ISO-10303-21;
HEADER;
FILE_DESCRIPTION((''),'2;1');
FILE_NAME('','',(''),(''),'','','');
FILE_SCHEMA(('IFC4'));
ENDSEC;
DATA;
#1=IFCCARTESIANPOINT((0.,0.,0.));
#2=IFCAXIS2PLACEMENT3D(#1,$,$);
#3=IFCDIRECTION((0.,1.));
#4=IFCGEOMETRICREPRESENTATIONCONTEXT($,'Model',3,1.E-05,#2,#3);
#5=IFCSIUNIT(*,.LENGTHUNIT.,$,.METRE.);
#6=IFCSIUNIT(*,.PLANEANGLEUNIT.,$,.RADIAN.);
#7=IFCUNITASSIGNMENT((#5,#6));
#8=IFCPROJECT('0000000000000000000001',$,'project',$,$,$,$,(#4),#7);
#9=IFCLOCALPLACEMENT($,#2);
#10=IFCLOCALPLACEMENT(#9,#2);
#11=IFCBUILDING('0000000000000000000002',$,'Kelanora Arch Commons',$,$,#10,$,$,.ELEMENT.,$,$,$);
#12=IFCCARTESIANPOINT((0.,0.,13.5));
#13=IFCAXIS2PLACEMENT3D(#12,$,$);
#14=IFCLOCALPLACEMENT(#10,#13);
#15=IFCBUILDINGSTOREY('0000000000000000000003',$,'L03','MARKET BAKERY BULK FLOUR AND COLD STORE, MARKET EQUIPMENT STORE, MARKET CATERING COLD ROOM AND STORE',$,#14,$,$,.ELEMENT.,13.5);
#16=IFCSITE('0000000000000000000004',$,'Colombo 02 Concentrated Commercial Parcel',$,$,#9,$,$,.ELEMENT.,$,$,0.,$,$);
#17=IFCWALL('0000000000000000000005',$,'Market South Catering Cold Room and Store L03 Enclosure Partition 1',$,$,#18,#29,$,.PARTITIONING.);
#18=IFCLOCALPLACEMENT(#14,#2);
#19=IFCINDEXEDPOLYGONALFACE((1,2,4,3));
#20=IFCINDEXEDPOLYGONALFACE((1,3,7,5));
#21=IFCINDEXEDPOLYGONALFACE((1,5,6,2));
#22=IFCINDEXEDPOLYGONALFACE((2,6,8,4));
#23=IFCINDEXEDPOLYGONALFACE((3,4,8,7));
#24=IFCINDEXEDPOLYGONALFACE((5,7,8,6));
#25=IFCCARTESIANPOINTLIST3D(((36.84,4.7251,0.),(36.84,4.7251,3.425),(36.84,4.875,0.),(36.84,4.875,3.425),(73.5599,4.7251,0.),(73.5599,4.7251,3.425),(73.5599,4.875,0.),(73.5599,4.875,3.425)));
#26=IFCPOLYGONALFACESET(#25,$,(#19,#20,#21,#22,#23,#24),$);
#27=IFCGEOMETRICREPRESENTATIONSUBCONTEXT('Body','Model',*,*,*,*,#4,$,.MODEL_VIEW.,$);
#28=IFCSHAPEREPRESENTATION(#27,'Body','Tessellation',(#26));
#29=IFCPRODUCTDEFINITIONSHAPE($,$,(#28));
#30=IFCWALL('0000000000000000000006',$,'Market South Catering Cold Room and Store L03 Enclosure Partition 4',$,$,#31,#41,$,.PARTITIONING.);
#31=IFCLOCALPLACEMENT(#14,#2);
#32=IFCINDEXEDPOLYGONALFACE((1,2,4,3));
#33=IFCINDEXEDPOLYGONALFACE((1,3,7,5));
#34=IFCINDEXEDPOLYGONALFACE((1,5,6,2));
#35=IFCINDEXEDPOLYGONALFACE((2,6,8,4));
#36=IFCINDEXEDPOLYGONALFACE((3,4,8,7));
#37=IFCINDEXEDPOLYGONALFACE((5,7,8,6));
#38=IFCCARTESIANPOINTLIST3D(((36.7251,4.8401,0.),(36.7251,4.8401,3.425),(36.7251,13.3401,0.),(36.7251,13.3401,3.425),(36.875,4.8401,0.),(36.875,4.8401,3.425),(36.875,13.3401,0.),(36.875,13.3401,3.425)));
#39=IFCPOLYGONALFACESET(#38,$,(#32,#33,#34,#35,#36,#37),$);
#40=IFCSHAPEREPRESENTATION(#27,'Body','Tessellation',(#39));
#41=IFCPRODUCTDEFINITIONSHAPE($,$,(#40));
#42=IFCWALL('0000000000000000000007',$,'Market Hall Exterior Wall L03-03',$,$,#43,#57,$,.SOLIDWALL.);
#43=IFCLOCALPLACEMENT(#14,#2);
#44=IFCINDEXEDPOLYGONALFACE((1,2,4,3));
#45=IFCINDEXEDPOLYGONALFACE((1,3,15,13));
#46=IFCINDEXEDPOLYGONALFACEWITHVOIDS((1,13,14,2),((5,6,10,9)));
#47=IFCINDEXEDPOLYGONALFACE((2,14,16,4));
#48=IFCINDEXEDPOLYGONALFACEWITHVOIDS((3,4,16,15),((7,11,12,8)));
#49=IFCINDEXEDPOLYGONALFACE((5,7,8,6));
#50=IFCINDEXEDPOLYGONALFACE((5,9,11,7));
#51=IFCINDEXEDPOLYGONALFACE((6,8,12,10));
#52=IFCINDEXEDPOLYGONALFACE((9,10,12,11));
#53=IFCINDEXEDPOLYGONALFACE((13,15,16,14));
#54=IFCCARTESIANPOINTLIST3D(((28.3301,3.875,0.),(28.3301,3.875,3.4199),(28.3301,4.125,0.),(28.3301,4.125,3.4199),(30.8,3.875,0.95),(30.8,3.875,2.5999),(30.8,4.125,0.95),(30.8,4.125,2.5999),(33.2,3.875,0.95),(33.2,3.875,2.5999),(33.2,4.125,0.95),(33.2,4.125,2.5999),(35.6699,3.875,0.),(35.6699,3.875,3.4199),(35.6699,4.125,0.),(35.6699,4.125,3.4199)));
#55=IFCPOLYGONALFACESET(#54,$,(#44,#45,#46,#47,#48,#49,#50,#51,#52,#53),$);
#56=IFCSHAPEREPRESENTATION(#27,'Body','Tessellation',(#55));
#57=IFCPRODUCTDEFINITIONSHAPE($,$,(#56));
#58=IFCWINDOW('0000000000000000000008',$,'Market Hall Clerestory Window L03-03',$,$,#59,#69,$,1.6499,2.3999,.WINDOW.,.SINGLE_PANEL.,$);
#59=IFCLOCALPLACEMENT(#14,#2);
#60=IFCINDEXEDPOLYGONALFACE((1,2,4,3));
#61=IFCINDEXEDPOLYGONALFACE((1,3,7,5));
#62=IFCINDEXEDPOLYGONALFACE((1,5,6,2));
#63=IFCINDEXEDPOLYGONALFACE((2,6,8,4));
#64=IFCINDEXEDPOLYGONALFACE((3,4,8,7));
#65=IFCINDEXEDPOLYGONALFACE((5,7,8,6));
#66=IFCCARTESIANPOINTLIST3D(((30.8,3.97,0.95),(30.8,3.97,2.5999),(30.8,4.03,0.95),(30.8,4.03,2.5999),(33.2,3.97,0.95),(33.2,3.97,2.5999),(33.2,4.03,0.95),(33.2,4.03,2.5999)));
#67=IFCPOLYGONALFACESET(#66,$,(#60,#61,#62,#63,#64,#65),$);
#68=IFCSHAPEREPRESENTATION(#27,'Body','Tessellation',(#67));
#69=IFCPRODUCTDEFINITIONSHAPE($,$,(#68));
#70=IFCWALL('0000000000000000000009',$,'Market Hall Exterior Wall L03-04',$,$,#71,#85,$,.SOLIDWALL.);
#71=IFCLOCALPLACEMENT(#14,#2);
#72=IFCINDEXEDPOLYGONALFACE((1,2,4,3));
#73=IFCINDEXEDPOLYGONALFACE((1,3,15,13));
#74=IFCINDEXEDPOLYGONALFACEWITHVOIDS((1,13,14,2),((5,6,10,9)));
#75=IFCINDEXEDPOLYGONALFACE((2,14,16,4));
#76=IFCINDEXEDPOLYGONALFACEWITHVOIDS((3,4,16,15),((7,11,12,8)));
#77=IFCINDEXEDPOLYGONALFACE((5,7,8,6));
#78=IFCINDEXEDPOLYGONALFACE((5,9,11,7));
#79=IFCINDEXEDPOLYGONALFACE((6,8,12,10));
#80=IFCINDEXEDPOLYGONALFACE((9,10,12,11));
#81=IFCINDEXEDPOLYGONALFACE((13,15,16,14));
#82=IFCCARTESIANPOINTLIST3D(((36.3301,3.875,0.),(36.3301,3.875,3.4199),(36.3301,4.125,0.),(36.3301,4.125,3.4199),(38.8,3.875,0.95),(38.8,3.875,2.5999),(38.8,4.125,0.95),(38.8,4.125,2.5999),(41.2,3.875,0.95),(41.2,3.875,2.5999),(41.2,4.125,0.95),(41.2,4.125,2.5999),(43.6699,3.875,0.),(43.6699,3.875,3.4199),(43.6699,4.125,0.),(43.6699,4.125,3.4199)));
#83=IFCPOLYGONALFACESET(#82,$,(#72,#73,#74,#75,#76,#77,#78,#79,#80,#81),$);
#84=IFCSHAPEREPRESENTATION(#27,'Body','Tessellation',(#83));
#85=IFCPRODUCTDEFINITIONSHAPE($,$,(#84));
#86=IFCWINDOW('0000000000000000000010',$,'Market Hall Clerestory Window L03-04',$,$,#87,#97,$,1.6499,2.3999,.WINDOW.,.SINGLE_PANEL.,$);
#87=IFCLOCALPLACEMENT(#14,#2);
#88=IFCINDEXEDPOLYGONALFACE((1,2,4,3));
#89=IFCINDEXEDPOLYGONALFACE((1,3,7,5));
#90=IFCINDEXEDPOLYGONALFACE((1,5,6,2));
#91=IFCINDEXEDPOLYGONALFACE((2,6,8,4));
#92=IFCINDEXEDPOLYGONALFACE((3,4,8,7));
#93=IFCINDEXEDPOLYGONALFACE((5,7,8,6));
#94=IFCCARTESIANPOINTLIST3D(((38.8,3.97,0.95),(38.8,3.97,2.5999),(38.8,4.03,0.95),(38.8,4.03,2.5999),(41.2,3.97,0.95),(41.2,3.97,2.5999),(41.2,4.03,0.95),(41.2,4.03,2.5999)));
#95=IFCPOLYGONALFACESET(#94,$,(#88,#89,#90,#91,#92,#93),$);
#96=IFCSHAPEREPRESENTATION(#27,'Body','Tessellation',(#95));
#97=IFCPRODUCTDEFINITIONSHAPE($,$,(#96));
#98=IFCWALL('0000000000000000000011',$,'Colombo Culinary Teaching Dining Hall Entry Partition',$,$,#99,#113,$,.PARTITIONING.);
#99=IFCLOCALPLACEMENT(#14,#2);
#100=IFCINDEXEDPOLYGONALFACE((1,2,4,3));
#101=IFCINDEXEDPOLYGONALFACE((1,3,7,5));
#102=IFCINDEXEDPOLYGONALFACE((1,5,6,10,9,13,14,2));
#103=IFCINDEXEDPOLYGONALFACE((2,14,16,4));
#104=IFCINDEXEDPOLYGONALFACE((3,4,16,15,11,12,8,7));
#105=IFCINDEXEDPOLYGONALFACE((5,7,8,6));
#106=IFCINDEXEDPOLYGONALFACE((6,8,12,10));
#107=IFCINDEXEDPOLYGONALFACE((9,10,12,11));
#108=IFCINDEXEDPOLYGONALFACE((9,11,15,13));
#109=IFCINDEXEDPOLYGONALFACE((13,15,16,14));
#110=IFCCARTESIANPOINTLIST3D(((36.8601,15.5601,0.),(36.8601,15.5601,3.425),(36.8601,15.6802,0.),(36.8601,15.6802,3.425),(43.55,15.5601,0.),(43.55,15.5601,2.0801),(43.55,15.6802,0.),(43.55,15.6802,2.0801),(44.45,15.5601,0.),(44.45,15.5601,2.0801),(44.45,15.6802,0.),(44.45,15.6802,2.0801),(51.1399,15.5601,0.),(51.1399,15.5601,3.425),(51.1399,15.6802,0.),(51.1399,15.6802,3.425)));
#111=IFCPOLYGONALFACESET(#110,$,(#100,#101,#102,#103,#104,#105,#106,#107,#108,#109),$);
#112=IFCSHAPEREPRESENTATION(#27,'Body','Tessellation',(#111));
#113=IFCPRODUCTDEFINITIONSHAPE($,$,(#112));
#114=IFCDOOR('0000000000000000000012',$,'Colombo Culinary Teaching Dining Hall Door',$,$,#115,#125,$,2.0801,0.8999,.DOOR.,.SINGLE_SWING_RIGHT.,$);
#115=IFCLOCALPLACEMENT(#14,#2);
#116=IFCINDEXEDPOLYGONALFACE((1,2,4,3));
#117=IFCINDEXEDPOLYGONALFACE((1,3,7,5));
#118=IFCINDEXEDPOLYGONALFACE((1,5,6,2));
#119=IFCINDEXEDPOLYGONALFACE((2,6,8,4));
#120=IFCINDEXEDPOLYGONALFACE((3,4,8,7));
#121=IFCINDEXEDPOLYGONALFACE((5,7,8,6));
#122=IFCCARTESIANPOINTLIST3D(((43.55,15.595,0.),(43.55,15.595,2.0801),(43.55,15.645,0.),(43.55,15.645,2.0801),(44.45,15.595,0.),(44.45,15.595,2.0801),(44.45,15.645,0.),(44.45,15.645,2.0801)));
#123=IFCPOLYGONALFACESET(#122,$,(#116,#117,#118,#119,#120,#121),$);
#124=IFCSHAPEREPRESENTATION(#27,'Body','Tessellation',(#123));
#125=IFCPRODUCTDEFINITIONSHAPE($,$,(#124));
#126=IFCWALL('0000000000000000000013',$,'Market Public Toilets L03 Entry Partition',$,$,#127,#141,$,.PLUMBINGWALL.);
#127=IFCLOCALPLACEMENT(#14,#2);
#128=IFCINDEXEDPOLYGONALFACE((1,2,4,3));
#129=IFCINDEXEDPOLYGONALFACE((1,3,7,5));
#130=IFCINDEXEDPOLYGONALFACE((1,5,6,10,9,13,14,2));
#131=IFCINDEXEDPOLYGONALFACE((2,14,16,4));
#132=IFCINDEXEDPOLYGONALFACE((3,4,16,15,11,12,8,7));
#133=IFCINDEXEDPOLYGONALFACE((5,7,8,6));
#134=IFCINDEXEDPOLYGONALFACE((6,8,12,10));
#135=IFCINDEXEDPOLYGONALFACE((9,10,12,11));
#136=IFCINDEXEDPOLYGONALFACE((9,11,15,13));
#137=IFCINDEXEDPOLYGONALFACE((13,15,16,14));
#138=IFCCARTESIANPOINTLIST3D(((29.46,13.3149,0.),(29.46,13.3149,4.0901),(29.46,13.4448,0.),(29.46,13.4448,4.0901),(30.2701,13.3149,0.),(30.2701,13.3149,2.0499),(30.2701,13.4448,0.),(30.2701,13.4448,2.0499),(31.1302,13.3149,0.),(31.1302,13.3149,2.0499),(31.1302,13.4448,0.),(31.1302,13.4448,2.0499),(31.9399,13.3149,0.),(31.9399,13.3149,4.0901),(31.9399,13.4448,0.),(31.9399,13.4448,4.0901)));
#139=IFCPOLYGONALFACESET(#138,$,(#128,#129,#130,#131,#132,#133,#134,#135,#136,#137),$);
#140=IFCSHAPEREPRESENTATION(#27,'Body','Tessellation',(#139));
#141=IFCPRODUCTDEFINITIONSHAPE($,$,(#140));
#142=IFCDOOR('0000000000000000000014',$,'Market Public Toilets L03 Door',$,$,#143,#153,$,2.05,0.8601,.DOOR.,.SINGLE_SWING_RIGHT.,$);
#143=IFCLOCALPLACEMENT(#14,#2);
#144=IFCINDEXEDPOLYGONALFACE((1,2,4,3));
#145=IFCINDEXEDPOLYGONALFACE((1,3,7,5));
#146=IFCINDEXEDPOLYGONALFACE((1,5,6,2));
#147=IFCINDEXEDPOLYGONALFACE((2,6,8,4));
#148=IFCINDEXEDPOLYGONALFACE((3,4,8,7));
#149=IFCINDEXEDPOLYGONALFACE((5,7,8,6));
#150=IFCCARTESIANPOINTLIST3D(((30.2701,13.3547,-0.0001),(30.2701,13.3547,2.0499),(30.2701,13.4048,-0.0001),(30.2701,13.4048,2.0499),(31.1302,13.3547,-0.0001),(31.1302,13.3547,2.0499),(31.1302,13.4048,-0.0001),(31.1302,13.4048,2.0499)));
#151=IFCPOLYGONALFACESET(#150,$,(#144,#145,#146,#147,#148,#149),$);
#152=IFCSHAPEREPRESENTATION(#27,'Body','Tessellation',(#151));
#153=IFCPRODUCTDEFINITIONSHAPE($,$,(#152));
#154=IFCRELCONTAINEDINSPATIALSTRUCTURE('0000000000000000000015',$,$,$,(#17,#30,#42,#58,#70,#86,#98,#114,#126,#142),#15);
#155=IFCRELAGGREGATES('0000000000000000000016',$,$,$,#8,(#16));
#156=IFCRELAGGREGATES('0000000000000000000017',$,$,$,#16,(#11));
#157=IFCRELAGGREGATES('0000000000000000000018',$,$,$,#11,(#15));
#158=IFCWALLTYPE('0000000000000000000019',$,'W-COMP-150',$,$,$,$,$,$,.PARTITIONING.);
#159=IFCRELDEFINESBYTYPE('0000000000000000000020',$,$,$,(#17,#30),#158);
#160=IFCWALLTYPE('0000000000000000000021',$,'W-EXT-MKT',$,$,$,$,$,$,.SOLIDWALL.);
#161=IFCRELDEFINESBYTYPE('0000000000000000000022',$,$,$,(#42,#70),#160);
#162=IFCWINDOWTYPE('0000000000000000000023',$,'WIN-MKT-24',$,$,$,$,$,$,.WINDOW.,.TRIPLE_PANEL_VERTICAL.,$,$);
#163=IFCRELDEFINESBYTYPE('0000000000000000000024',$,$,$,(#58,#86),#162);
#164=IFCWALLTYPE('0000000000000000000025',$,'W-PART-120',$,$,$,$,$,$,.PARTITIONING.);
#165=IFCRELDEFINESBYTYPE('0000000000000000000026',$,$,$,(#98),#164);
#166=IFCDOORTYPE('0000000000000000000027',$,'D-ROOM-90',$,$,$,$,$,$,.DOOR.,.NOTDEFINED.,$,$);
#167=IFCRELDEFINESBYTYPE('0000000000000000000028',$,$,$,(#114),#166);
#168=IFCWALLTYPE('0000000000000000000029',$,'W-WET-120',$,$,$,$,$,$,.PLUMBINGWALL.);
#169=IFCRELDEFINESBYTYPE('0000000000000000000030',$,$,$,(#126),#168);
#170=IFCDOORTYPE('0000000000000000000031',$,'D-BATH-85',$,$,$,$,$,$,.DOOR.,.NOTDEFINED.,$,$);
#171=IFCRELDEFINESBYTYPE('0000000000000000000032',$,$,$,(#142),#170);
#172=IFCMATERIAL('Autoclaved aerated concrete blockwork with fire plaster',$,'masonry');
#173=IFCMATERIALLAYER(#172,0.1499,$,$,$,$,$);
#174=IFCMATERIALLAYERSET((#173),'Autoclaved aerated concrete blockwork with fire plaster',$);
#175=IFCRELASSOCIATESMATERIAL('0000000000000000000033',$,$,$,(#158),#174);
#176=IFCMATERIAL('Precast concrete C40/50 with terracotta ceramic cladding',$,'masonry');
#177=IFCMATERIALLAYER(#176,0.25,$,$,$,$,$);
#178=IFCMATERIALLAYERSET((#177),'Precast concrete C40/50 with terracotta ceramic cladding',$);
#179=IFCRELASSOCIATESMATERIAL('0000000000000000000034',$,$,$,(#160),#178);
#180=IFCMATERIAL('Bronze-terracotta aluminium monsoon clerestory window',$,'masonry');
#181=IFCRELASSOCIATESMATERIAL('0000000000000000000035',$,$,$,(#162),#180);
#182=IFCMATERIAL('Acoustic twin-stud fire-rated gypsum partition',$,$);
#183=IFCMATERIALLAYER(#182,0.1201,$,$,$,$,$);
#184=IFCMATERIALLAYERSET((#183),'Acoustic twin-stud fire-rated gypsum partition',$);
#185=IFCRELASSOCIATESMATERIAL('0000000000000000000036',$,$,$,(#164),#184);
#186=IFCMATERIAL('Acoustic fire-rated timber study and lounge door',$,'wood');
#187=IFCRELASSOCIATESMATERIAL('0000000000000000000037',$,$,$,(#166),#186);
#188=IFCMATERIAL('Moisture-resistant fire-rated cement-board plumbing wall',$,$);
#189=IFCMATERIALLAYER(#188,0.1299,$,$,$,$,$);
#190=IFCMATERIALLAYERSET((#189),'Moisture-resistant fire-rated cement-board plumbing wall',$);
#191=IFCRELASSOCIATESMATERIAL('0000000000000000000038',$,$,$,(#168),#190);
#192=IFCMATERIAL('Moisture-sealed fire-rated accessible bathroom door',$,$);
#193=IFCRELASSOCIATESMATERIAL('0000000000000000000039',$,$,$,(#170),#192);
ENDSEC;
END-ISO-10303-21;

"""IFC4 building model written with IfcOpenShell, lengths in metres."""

from ifc_helpers import new_model, si_unit, direction, frame, frame_2d, origin, place, context, subcontext, project, spatial, rectangle, extrude, material, layer, layer_set, type_object, element, fill, save


model = new_model("IFC4")

# Units and contexts
model_context = context("Model", 3, precision=1e-05, world=origin(), true_north=direction((0.0, 1.0)))
body_context = subcontext(model_context, "Body", "Model", "MODEL_VIEW")
ifc_project = project(units=[si_unit("LENGTHUNIT", "METRE"), si_unit("PLANEANGLEUNIT", "RADIAN")], contexts=[model_context])

# Site, building, storey
site_placement = place(None, origin())
site = spatial("IfcSite", under=ifc_project, at=site_placement, Name="Colombo 02 Concentrated Commercial Parcel", CompositionType="ELEMENT", RefElevation=0.0)
building_placement = place(site_placement, origin())
building = spatial("IfcBuilding", under=site, at=building_placement, Name="Kelanora Arch Commons", CompositionType="ELEMENT")
storey_placement = place(building_placement, frame((0.0, 0.0, 13.5)))
storey = spatial("IfcBuildingStorey", under=building, at=storey_placement, Name="L03", Description="MARKET BAKERY BULK FLOUR AND COLD STORE, MARKET EQUIPMENT STORE, MARKET CATERING COLD ROOM AND STORE", CompositionType="ELEMENT", Elevation=13.5)

# Shared definitions
ifc_material_1 = material(Name="Autoclaved aerated concrete blockwork with fire plaster", Category="masonry")
ifc_layer_1 = layer(ifc_material_1, 0.1499)
ifc_layer_set_1 = layer_set([ifc_layer_1], Name="Autoclaved aerated concrete blockwork with fire plaster")
wall_type_1 = type_object("IfcWallType", Name="W-COMP-150", PredefinedType="PARTITIONING", material=ifc_layer_set_1)

# Walls
wall_1_placement = place(storey_placement, frame((36.8401, 4.8, 0.0), z_axis=(0.0, 0.0, 1.0), x_axis=(1.0, 0.0, 0.0)))
element("IfcWall", 1, at=wall_1_placement, inside=storey, type_object=wall_type_1, Name="Market South Catering Cold Room and Store L03 Enclosure Partition 1", PredefinedType="PARTITIONING", context=body_context, shape_type="SweptSolid", body=[
    extrude(rectangle(XDim=36.72, YDim=0.1499, at=frame_2d((18.3599, 0.0))), origin(), (0.0, 0.0, 1.0), 3.425),
])
wall_2_placement = place(storey_placement, frame((36.8, 13.3401, 0.0), z_axis=(0.0, 0.0, 1.0), x_axis=(0.0, -1.0, 0.0)))
element("IfcWall", 2, at=wall_2_placement, inside=storey, type_object=wall_type_1, Name="Market South Catering Cold Room and Store L03 Enclosure Partition 4", PredefinedType="PARTITIONING", context=body_context, shape_type="SweptSolid", body=[
    extrude(rectangle(XDim=8.5, YDim=0.1499, at=frame_2d((4.25, 0.0))), origin(), (0.0, 0.0, 1.0), 3.425),
])

# Walls, openings, windows
ifc_material_2 = material(Name="Precast concrete C40/50 with terracotta ceramic cladding", Category="masonry")
ifc_layer_2 = layer(ifc_material_2, 0.25)
ifc_layer_set_2 = layer_set([ifc_layer_2], Name="Precast concrete C40/50 with terracotta ceramic cladding")
wall_type_2 = type_object("IfcWallType", Name="W-EXT-MKT", PredefinedType="SOLIDWALL", material=ifc_layer_set_2)
wall_3_placement = place(storey_placement, frame((28.3301, 4.0, 0.0), z_axis=(0.0, 0.0, 1.0), x_axis=(1.0, 0.0, 0.0)))
wall_3 = element("IfcWall", 3, at=wall_3_placement, inside=storey, type_object=wall_type_2, Name="Market Hall Exterior Wall L03-03", PredefinedType="SOLIDWALL", context=body_context, shape_type="SweptSolid", body=[
    extrude(rectangle(XDim=7.3398, YDim=0.25, at=frame_2d((3.6699, 0.0))), origin(), (0.0, 0.0, 1.0), 3.4199),
])
opening_1_placement = place(wall_3_placement, frame((2.47, 0.0, 0.95)))
opening_1 = element("IfcOpeningElement", 4, at=opening_1_placement, cuts=wall_3, PredefinedType="OPENING", context=body_context, shape_type="SweptSolid", body=[
    extrude(rectangle(XDim=2.3999, YDim=1.6499, at=frame_2d((1.2, 0.825))), frame((0.0, 0.135, 0.0), z_axis=(0.0, -1.0, 0.0), x_axis=(1.0, 0.0, 0.0)), (0.0, 0.0, 1.0), 0.27),
])
ifc_material_3 = material(Name="Bronze-terracotta aluminium monsoon clerestory window", Category="masonry")
window_type = type_object("IfcWindowType", Name="WIN-MKT-24", PartitioningType="TRIPLE_PANEL_VERTICAL", PredefinedType="WINDOW", material=ifc_material_3)
window_1_placement = place(opening_1_placement, origin())
window_1 = element("IfcWindow", 5, at=window_1_placement, inside=storey, type_object=window_type, Name="Market Hall Clerestory Window L03-03", OverallHeight=1.6499, OverallWidth=2.3999, PartitioningType="SINGLE_PANEL", PredefinedType="WINDOW", context=body_context, shape_type="SweptSolid", body=[
    extrude(rectangle(XDim=2.3999, YDim=1.6499, at=frame_2d((1.2, 0.825))), frame((0.0, 0.03, 0.0), z_axis=(0.0, -1.0, 0.0), x_axis=(1.0, 0.0, 0.0)), (0.0, 0.0, 1.0), 0.0601),
])
fill(opening_1, window_1)
wall_4_placement = place(storey_placement, frame((36.3301, 4.0, 0.0), z_axis=(0.0, 0.0, 1.0), x_axis=(1.0, 0.0, 0.0)))
wall_4 = element("IfcWall", 6, at=wall_4_placement, inside=storey, type_object=wall_type_2, Name="Market Hall Exterior Wall L03-04", PredefinedType="SOLIDWALL", context=body_context, shape_type="SweptSolid", body=[
    extrude(rectangle(XDim=7.3398, YDim=0.25, at=frame_2d((3.6699, 0.0))), origin(), (0.0, 0.0, 1.0), 3.4199),
])
opening_2_placement = place(wall_4_placement, frame((2.47, 0.0, 0.95)))
opening_2 = element("IfcOpeningElement", 7, at=opening_2_placement, cuts=wall_4, PredefinedType="OPENING", context=body_context, shape_type="SweptSolid", body=[
    extrude(rectangle(XDim=2.3999, YDim=1.6499, at=frame_2d((1.2, 0.825))), frame((0.0, 0.135, 0.0), z_axis=(0.0, -1.0, 0.0), x_axis=(1.0, 0.0, 0.0)), (0.0, 0.0, 1.0), 0.27),
])
window_2_placement = place(opening_2_placement, origin())
window_2 = element("IfcWindow", 8, at=window_2_placement, inside=storey, type_object=window_type, Name="Market Hall Clerestory Window L03-04", OverallHeight=1.6499, OverallWidth=2.3999, PartitioningType="SINGLE_PANEL", PredefinedType="WINDOW", context=body_context, shape_type="SweptSolid", body=[
    extrude(rectangle(XDim=2.3999, YDim=1.6499, at=frame_2d((1.2, 0.825))), frame((0.0, 0.03, 0.0), z_axis=(0.0, -1.0, 0.0), x_axis=(1.0, 0.0, 0.0)), (0.0, 0.0, 1.0), 0.0601),
])
fill(opening_2, window_2)

# Walls, openings, doors
ifc_material_4 = material(Name="Acoustic twin-stud fire-rated gypsum partition")
ifc_layer_3 = layer(ifc_material_4, 0.1201)
ifc_layer_set_3 = layer_set([ifc_layer_3], Name="Acoustic twin-stud fire-rated gypsum partition")
wall_type_3 = type_object("IfcWallType", Name="W-PART-120", PredefinedType="PARTITIONING", material=ifc_layer_set_3)
wall_5_placement = place(storey_placement, frame((36.8601, 15.6201, 0.0), z_axis=(0.0, 0.0, 1.0), x_axis=(1.0, 0.0, 0.0)))
wall_5 = element("IfcWall", 9, at=wall_5_placement, inside=storey, type_object=wall_type_3, Name="Colombo Culinary Teaching Dining Hall Entry Partition", PredefinedType="PARTITIONING", context=body_context, shape_type="SweptSolid", body=[
    extrude(rectangle(XDim=14.2798, YDim=0.1201, at=frame_2d((7.1399, 0.0))), origin(), (0.0, 0.0, 1.0), 3.425),
])
opening_3_placement = place(wall_5_placement, frame((6.6899, 0.0, 0.0)))
opening_3 = element("IfcOpeningElement", 10, at=opening_3_placement, cuts=wall_5, PredefinedType="OPENING", context=body_context, shape_type="SweptSolid", body=[
    extrude(rectangle(XDim=0.8999, YDim=2.0801, at=frame_2d((0.45, 1.04))), frame((0.0, 0.0701, 0.0), z_axis=(0.0, -1.0, 0.0), x_axis=(1.0, 0.0, 0.0)), (0.0, 0.0, 1.0), 0.1401),
])
ifc_material_5 = material(Name="Acoustic fire-rated timber study and lounge door", Category="wood")
door_type_1 = type_object("IfcDoorType", Name="D-ROOM-90", OperationType="NOTDEFINED", PredefinedType="DOOR", material=ifc_material_5)
door_1_placement = place(opening_3_placement, origin())
door_1 = element("IfcDoor", 11, at=door_1_placement, inside=storey, type_object=door_type_1, Name="Colombo Culinary Teaching Dining Hall Door", OperationType="SINGLE_SWING_RIGHT", OverallHeight=2.0801, OverallWidth=0.8999, PredefinedType="DOOR", context=body_context, shape_type="SweptSolid", body=[
    extrude(rectangle(XDim=0.8999, YDim=2.0801, at=frame_2d((0.45, 1.04))), frame((0.0, 0.0249, 0.0), z_axis=(0.0, -1.0, 0.0), x_axis=(1.0, 0.0, 0.0)), (0.0, 0.0, 1.0), 0.05),
])
fill(opening_3, door_1)
ifc_material_6 = material(Name="Moisture-resistant fire-rated cement-board plumbing wall")
ifc_layer_4 = layer(ifc_material_6, 0.1299)
ifc_layer_set_4 = layer_set([ifc_layer_4], Name="Moisture-resistant fire-rated cement-board plumbing wall")
wall_type_4 = type_object("IfcWallType", Name="W-WET-120", PredefinedType="PLUMBINGWALL", material=ifc_layer_set_4)
wall_6_placement = place(storey_placement, frame((29.46, 13.3799, 0.0), z_axis=(0.0, 0.0, 1.0), x_axis=(1.0, 0.0, 0.0)))
wall_6 = element("IfcWall", 12, at=wall_6_placement, inside=storey, type_object=wall_type_4, Name="Market Public Toilets L03 Entry Partition", PredefinedType="PLUMBINGWALL", context=body_context, shape_type="SweptSolid", body=[
    extrude(rectangle(XDim=2.48, YDim=0.1299, at=frame_2d((1.24, 0.0))), origin(), (0.0, 0.0, 1.0), 4.0901),
])
opening_4_placement = place(wall_6_placement, frame((0.8101, 0.0, 0.0)))
opening_4 = element("IfcOpeningElement", 13, at=opening_4_placement, cuts=wall_6, PredefinedType="OPENING", context=body_context, shape_type="SweptSolid", body=[
    extrude(rectangle(XDim=0.8601, YDim=2.05, at=frame_2d((0.4302, 1.0249))), frame((0.0, 0.075, 0.0), z_axis=(0.0, -1.0, 0.0), x_axis=(1.0, 0.0, 0.0)), (0.0, 0.0, 1.0), 0.1499),
])
ifc_material_7 = material(Name="Moisture-sealed fire-rated accessible bathroom door")
door_type_2 = type_object("IfcDoorType", Name="D-BATH-85", OperationType="NOTDEFINED", PredefinedType="DOOR", material=ifc_material_7)
door_2_placement = place(opening_4_placement, origin())
door_2 = element("IfcDoor", 14, at=door_2_placement, inside=storey, type_object=door_type_2, Name="Market Public Toilets L03 Door", OperationType="SINGLE_SWING_RIGHT", OverallHeight=2.05, OverallWidth=0.8601, PredefinedType="DOOR", context=body_context, shape_type="SweptSolid", body=[
    extrude(rectangle(XDim=0.8601, YDim=2.05, at=frame_2d((0.4302, 1.0249))), frame((0.0, 0.0249, 0.0), z_axis=(0.0, -1.0, 0.0), x_axis=(1.0, 0.0, 0.0)), (0.0, 0.0, 1.0), 0.05),
])
fill(opening_4, door_2)

save(model, "model.ifc")
